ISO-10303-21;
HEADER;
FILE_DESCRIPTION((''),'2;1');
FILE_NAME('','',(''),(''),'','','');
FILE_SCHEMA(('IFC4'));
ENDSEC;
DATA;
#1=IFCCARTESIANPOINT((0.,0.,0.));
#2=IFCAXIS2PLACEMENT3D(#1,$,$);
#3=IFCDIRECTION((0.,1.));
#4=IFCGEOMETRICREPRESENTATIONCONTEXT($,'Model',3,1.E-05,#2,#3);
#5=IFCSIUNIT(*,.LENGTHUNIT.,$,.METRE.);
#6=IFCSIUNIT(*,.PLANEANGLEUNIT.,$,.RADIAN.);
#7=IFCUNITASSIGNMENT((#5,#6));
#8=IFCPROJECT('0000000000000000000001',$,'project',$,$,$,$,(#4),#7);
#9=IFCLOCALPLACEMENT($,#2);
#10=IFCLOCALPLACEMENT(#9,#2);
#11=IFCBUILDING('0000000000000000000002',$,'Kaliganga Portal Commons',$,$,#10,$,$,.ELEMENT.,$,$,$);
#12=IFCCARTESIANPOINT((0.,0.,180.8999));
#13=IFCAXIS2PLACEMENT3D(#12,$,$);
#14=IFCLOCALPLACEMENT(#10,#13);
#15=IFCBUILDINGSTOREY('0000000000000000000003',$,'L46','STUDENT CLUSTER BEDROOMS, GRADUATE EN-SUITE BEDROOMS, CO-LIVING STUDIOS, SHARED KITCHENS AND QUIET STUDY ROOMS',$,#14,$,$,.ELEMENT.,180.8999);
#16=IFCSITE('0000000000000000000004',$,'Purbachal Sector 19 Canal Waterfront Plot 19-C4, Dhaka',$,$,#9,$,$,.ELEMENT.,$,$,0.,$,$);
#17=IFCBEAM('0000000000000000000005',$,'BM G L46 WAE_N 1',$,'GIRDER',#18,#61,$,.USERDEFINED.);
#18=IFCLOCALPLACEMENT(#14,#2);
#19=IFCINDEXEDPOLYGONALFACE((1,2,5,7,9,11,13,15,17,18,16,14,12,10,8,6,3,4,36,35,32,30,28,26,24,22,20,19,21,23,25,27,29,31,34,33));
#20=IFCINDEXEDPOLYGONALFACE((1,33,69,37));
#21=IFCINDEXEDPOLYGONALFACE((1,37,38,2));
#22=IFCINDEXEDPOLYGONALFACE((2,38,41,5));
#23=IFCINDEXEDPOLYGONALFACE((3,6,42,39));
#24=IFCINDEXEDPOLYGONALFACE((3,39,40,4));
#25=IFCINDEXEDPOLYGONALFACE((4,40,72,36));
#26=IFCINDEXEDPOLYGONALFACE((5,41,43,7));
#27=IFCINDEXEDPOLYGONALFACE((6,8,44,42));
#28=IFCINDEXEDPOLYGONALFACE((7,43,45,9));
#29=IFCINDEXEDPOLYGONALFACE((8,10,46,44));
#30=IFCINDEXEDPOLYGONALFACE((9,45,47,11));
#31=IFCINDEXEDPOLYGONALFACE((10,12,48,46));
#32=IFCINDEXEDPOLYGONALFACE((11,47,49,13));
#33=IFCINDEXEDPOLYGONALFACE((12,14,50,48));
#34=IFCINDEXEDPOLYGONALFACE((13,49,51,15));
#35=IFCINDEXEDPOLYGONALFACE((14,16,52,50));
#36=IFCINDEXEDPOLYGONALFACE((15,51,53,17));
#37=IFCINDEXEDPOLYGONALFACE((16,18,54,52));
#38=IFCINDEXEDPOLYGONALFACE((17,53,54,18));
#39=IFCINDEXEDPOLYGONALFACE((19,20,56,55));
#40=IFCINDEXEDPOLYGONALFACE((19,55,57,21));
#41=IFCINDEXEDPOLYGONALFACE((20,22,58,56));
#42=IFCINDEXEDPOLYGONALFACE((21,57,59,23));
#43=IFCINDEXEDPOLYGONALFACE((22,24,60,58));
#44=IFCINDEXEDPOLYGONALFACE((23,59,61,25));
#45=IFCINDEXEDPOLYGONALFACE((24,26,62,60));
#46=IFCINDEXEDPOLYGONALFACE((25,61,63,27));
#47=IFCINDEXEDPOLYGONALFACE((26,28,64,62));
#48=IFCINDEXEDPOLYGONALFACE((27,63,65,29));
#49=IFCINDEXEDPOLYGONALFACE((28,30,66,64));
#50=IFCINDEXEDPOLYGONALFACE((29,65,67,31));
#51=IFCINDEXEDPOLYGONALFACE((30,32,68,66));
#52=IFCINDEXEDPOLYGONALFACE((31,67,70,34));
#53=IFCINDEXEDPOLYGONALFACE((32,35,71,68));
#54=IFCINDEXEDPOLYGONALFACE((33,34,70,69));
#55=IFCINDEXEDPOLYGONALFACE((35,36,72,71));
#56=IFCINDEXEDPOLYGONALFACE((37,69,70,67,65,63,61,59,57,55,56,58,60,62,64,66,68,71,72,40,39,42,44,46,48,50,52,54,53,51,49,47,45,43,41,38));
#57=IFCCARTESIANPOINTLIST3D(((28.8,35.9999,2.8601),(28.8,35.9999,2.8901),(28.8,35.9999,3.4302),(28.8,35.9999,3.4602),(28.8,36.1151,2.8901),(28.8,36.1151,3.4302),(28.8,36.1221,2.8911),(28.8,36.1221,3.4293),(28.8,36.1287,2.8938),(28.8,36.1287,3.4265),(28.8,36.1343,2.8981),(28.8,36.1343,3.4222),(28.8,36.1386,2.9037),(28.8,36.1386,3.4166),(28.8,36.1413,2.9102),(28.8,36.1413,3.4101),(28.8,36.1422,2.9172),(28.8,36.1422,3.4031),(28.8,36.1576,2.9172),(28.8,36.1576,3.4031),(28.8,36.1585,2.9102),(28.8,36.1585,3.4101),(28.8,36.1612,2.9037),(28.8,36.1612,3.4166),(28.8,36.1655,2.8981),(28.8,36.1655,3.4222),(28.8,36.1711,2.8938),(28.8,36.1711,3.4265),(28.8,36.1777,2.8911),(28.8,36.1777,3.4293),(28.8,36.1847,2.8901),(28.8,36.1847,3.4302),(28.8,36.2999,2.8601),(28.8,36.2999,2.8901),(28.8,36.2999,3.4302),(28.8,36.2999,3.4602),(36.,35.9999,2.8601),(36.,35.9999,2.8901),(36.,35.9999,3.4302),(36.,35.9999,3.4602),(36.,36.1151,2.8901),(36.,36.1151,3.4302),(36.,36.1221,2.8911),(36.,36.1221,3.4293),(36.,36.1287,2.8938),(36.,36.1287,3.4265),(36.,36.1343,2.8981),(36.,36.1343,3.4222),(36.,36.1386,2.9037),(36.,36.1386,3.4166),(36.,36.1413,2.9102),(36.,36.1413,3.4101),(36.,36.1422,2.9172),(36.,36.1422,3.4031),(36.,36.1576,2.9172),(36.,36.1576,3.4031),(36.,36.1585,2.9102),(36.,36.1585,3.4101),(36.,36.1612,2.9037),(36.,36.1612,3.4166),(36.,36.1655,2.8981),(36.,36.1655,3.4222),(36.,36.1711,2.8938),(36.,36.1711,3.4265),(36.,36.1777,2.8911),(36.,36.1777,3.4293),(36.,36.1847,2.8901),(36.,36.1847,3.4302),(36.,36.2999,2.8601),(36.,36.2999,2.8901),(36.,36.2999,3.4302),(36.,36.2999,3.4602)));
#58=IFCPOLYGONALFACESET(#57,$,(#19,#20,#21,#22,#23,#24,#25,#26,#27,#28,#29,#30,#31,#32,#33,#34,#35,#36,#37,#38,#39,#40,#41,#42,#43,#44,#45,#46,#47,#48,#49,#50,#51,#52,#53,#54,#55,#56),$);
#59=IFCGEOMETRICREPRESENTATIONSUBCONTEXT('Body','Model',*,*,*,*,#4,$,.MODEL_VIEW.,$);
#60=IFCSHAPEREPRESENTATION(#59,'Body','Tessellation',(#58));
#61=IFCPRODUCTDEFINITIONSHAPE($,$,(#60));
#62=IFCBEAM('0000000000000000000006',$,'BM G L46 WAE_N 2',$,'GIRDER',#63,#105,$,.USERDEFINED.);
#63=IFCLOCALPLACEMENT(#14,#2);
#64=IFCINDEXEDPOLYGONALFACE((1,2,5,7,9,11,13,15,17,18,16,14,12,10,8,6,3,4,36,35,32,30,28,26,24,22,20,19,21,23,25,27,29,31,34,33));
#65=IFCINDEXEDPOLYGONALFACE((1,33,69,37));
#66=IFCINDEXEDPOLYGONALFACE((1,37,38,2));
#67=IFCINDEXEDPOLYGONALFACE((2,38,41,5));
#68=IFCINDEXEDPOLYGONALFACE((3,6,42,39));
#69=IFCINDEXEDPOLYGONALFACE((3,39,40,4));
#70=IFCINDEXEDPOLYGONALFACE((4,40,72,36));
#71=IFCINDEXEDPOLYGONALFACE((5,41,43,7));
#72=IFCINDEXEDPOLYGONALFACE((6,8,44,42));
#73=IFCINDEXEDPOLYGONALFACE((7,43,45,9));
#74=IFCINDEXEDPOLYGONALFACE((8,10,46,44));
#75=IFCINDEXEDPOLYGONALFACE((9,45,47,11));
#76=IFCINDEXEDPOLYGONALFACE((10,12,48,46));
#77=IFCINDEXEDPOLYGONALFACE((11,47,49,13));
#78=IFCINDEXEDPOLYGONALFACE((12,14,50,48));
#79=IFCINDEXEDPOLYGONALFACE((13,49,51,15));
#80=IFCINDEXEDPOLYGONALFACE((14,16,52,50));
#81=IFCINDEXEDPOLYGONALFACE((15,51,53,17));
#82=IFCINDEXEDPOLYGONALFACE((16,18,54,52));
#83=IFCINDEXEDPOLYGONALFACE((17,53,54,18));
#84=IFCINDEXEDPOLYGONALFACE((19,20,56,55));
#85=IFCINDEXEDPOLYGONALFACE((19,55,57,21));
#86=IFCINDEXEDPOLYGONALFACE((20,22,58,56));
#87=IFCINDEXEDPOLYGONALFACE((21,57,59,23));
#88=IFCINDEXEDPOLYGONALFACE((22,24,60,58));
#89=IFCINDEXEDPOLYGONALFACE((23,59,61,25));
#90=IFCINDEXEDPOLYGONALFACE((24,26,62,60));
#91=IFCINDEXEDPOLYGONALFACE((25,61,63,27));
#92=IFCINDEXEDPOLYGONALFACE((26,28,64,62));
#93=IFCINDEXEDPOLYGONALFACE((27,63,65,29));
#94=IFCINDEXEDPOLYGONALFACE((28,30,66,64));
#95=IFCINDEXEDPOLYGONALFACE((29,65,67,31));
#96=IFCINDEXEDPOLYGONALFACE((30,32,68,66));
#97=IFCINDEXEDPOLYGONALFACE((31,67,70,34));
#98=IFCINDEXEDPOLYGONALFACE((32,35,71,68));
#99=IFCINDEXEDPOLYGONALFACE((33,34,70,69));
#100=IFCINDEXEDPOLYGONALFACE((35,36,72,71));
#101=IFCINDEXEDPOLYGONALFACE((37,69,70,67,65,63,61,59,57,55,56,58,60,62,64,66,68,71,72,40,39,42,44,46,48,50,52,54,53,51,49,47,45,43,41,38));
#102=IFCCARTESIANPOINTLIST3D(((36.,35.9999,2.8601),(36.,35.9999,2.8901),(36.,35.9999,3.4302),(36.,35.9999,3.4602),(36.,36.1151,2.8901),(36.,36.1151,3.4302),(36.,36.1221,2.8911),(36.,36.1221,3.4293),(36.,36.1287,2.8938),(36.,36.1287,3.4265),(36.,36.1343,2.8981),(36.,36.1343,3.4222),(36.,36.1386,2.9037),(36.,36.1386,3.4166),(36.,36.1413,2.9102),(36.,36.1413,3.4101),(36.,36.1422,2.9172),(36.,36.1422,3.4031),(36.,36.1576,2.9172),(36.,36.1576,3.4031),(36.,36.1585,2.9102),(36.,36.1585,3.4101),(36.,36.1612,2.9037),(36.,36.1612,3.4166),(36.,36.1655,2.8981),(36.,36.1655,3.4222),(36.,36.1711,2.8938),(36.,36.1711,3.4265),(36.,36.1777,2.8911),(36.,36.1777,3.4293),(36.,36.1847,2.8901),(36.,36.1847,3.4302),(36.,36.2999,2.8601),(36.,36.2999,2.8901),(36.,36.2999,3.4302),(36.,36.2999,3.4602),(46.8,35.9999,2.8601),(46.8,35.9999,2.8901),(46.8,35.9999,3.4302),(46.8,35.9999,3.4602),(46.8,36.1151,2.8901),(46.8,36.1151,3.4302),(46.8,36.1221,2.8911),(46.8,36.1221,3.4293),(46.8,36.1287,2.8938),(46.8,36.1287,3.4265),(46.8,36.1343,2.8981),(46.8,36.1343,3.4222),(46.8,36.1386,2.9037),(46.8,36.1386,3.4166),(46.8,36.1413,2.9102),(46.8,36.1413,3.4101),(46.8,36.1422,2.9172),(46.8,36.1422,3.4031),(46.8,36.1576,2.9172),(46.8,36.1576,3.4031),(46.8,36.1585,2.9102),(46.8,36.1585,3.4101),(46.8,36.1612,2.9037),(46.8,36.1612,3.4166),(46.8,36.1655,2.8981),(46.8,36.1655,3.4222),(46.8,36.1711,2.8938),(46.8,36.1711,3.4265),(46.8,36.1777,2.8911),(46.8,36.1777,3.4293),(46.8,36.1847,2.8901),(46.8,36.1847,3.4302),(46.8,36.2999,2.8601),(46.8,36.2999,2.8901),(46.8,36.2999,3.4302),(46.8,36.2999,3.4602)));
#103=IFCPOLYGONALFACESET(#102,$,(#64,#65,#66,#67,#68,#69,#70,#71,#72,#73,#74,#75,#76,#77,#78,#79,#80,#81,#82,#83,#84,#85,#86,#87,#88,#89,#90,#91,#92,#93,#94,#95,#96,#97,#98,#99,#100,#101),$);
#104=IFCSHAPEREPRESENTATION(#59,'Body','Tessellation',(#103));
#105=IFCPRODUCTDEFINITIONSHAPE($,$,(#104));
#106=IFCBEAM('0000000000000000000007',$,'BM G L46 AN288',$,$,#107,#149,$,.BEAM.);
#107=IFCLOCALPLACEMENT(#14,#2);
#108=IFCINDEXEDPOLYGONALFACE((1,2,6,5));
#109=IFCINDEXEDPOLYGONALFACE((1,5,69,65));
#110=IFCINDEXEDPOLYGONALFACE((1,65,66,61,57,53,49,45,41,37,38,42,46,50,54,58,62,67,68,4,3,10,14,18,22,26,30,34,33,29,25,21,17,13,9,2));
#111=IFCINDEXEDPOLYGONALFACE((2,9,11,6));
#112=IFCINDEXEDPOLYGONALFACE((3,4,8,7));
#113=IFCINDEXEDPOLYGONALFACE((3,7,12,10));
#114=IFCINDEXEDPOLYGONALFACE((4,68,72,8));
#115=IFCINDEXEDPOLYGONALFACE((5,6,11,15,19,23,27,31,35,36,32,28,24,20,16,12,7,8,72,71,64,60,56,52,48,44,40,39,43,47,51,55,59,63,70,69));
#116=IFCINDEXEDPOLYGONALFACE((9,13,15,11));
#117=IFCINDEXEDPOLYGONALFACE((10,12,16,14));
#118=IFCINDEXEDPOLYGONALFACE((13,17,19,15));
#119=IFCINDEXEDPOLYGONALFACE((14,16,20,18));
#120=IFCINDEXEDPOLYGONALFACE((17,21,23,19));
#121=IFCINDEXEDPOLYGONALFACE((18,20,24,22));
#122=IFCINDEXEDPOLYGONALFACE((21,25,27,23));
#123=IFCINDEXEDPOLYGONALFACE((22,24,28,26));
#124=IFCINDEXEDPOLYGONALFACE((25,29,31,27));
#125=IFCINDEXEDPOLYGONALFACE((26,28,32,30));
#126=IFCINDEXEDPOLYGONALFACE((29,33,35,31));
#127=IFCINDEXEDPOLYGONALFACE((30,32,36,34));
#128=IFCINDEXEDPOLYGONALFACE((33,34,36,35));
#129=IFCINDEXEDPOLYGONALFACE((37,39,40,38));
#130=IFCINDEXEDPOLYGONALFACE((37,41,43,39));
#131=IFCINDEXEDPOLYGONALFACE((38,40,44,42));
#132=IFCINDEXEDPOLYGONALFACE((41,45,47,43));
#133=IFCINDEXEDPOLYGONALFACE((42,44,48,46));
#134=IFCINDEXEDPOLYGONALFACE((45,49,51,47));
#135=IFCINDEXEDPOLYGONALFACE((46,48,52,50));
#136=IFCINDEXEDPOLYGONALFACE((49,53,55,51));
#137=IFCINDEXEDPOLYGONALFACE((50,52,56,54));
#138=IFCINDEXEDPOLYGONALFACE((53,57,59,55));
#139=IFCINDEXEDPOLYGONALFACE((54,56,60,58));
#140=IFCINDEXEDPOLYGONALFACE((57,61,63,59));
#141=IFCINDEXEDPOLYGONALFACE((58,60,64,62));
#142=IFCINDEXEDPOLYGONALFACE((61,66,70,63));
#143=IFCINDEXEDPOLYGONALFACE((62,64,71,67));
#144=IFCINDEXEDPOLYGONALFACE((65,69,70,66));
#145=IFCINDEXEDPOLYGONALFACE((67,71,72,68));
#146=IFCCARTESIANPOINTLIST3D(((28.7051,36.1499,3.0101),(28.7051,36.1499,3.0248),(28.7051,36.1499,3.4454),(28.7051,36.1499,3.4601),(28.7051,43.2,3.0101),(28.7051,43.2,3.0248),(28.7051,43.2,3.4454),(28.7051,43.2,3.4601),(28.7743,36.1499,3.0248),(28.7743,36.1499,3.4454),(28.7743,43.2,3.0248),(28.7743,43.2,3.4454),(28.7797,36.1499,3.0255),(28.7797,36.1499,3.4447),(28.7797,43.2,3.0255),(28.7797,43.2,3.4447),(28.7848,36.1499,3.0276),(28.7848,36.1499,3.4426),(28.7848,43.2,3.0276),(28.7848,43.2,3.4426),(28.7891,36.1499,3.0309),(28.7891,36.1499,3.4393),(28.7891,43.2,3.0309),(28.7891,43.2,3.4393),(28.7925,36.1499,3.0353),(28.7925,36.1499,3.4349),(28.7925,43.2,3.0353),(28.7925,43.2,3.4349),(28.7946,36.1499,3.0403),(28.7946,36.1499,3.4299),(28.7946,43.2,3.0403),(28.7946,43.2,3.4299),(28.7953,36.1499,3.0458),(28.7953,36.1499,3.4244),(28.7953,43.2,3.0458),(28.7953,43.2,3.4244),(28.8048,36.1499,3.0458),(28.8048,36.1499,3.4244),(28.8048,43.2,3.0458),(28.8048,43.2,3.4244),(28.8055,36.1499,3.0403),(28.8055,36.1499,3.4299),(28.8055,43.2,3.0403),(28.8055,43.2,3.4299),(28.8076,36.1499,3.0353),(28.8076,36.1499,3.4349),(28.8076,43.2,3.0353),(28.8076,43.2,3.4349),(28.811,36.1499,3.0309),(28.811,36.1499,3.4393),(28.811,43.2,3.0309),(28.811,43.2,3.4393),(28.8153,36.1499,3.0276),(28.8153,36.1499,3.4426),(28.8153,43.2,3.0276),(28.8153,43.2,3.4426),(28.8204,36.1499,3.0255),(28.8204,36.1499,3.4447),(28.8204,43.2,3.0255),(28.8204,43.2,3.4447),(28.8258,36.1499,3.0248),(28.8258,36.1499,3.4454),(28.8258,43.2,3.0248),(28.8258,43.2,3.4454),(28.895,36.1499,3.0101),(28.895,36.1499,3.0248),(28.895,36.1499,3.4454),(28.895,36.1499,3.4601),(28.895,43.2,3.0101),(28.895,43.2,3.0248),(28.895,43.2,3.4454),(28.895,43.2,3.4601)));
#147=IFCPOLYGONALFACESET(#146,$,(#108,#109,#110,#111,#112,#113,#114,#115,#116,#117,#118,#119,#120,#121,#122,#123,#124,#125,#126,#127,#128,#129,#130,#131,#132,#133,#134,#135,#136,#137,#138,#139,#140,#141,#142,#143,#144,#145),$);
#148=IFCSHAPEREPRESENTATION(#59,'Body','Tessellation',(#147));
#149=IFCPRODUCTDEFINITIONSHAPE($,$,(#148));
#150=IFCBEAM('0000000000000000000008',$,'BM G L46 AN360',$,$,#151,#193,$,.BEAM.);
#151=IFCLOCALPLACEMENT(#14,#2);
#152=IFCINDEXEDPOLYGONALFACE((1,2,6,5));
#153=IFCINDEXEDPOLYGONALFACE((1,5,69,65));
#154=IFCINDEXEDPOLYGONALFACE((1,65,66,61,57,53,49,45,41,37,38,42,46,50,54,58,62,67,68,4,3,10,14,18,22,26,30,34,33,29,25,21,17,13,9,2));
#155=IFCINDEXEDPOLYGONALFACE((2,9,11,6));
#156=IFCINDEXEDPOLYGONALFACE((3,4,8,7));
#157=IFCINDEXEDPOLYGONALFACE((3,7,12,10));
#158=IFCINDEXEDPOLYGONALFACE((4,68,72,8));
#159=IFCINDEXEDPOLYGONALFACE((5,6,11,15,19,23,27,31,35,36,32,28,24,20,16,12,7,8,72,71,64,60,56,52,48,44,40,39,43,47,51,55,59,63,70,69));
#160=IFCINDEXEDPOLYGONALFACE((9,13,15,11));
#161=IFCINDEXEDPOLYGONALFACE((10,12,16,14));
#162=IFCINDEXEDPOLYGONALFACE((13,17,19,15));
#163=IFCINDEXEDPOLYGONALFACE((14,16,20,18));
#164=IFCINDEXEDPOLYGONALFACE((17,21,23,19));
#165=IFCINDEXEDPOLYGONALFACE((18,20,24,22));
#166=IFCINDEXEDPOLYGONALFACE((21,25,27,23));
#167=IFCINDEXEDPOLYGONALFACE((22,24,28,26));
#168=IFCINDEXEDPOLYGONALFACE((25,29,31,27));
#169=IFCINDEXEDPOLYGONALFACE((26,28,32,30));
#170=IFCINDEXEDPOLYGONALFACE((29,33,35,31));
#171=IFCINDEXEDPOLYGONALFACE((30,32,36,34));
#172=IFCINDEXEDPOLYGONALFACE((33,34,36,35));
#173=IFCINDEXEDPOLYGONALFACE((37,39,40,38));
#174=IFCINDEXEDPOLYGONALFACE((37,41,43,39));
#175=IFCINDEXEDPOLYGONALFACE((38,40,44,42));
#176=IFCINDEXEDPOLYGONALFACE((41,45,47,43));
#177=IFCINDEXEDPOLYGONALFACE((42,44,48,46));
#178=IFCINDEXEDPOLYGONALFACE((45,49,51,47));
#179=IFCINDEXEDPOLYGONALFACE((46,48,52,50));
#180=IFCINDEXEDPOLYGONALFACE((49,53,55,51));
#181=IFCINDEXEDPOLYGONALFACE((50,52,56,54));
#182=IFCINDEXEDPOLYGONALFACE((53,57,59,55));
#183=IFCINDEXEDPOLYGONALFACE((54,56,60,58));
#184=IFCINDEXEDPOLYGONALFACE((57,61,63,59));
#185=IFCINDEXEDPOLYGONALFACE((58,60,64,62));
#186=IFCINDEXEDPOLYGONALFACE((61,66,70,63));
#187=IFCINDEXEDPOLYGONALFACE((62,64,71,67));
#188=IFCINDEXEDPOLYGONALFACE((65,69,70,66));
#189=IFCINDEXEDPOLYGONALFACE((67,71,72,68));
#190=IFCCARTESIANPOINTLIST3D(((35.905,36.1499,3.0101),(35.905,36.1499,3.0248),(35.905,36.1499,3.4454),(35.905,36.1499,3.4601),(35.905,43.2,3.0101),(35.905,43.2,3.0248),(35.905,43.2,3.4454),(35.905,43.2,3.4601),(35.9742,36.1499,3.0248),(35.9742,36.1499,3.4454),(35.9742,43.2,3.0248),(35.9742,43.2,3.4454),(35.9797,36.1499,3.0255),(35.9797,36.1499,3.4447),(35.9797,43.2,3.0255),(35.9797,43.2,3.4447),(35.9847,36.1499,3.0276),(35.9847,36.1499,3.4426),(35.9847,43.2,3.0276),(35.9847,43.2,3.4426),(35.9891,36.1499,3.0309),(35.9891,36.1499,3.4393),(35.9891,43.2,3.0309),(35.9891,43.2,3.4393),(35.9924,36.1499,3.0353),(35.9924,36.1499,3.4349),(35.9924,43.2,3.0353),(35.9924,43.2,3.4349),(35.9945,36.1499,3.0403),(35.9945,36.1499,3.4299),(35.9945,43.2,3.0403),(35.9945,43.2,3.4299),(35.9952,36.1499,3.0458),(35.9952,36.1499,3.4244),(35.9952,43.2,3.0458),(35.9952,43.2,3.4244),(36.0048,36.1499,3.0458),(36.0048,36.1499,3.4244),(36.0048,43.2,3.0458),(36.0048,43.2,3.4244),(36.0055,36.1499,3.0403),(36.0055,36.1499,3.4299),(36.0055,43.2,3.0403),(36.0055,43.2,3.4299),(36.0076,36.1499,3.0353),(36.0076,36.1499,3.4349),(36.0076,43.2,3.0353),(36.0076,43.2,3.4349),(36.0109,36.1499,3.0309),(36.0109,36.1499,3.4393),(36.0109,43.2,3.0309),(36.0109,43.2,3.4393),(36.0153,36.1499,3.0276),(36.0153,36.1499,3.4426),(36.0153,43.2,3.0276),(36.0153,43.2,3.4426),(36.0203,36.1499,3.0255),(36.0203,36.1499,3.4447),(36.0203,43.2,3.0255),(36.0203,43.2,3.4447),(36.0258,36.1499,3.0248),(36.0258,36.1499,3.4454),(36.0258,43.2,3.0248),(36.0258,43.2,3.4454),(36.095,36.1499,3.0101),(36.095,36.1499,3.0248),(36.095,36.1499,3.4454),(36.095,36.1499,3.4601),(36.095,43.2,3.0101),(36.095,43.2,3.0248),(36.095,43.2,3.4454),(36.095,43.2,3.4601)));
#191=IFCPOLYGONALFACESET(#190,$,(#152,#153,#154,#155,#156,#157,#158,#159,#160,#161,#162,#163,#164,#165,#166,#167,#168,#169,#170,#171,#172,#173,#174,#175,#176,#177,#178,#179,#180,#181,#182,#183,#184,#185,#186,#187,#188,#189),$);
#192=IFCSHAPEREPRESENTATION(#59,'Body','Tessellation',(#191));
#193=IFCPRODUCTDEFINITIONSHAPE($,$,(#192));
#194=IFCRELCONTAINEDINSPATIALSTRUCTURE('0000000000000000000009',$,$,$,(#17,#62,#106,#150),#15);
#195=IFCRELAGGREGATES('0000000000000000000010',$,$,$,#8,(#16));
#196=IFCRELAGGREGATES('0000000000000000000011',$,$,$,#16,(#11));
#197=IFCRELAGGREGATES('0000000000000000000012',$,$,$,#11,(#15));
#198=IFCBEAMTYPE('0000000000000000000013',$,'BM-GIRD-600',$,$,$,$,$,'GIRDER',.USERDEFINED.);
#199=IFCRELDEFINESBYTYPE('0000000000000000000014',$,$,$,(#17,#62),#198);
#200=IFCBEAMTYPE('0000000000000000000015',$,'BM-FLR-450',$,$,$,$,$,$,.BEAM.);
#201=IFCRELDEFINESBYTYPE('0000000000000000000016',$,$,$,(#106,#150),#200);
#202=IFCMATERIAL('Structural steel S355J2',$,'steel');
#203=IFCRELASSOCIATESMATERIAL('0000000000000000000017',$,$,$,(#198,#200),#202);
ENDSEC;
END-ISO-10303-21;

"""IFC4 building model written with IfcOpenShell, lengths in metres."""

from ifc_helpers import new_model, si_unit, direction, frame, origin, origin_2d, place, context, subcontext, project, spatial, i_section, extrude, source, transform, mapped, material, material_profile, profile_set, type_object, element, save


model = new_model("IFC4")

# Units and contexts
model_context = context("Model", 3, precision=1e-05, world=origin(), true_north=direction((0.0, 1.0)))
body_context = subcontext(model_context, "Body", "Model", "MODEL_VIEW")
ifc_project = project(units=[si_unit("LENGTHUNIT", "METRE"), si_unit("PLANEANGLEUNIT", "RADIAN")], contexts=[model_context])

# Site, building, storey
site_placement = place(None, origin())
site = spatial("IfcSite", under=ifc_project, at=site_placement, Name="Purbachal Sector 19 Canal Waterfront Plot 19-C4, Dhaka", CompositionType="ELEMENT", RefElevation=0.0)
building_placement = place(site_placement, origin())
building = spatial("IfcBuilding", under=site, at=building_placement, Name="Kaliganga Portal Commons", CompositionType="ELEMENT")
storey_placement = place(building_placement, frame((0.0, 0.0, 180.8999)))
storey = spatial("IfcBuildingStorey", under=building, at=storey_placement, Name="L46", Description="STUDENT CLUSTER BEDROOMS, GRADUATE EN-SUITE BEDROOMS, CO-LIVING STUDIOS, SHARED KITCHENS AND QUIET STUDY ROOMS", CompositionType="ELEMENT", Elevation=180.8999)

# Beams
ifc_material_1 = material(Name="Structural steel S355J2", Category="steel")
ifc_material_profile_1 = material_profile(ifc_material_1, i_section(OverallWidth=0.3, OverallDepth=0.6001, WebThickness=0.0154, FlangeThickness=0.03, FilletRadius=0.0271, at=origin_2d()), Name="HE 600 B")
ifc_profile_set_1 = profile_set([ifc_material_profile_1], Name="Structural steel S355J2 wide-flange")
beam_type_1 = type_object("IfcBeamType", Name="BM-GIRD-600", ElementType="GIRDER", PredefinedType="USERDEFINED", material=ifc_profile_set_1)
shared_shape_1 = source(origin(), body_context, "Body", "SweptSolid", [
    extrude(i_section(OverallWidth=0.3, OverallDepth=0.6001, WebThickness=0.0154, FlangeThickness=0.03, FilletRadius=0.0271, at=origin_2d()), origin(), (0.0, 0.0, 1.0), 7.2),
])
beam_1_placement = place(storey_placement, frame((28.8, 36.1499, 3.1602), z_axis=(1.0, 0.0, 0.0), x_axis=(0.0, 1.0, 0.0)))
element("IfcBeam", 1, at=beam_1_placement, inside=storey, type_object=beam_type_1, Name="BM G L46 WAE_N 1", ObjectType="GIRDER", PredefinedType="USERDEFINED", context=body_context, shape_type="MappedRepresentation", body=[
    mapped(shared_shape_1, transform((0.0, 0.0, 0.0), x_axis=(1.0, 0.0, 0.0), y_axis=(0.0, 1.0, 0.0), z_axis=(0.0, 0.0, 1.0), scale=1.0)),
])
shared_shape_2 = source(origin(), body_context, "Body", "SweptSolid", [
    extrude(i_section(OverallWidth=0.3, OverallDepth=0.6001, WebThickness=0.0154, FlangeThickness=0.03, FilletRadius=0.0271, at=origin_2d()), origin(), (0.0, 0.0, 1.0), 10.8),
])
beam_2_placement = place(storey_placement, frame((36.0, 36.1499, 3.1602), z_axis=(1.0, 0.0, 0.0), x_axis=(0.0, 1.0, 0.0)))
element("IfcBeam", 2, at=beam_2_placement, inside=storey, type_object=beam_type_1, Name="BM G L46 WAE_N 2", ObjectType="GIRDER", PredefinedType="USERDEFINED", context=body_context, shape_type="MappedRepresentation", body=[
    mapped(shared_shape_2, transform((0.0, 0.0, 0.0), x_axis=(1.0, 0.0, 0.0), y_axis=(0.0, 1.0, 0.0), z_axis=(0.0, 0.0, 1.0), scale=1.0)),
])
ifc_material_profile_2 = material_profile(ifc_material_1, i_section(OverallWidth=0.1899, OverallDepth=0.45, WebThickness=0.0095, FlangeThickness=0.0146, FilletRadius=0.021, at=origin_2d()), Name="IPE 450")
ifc_profile_set_2 = profile_set([ifc_material_profile_2], Name="Structural steel S355J2 wide-flange")
beam_type_2 = type_object("IfcBeamType", Name="BM-FLR-450", PredefinedType="BEAM", material=ifc_profile_set_2)
shared_shape_3 = source(origin(), body_context, "Body", "SweptSolid", [
    extrude(i_section(OverallWidth=0.1899, OverallDepth=0.45, WebThickness=0.0095, FlangeThickness=0.0146, FilletRadius=0.021, at=origin_2d()), origin(), (0.0, 0.0, 1.0), 7.05),
])
for number, where, z_axis, x_axis, name in (
    (3, (28.8, 36.1499, 3.2351), (0.0, 1.0, 0.0), (-1.0, 0.0, 0.0), "BM G L46 AN288"),
    (4, (36.0, 36.1499, 3.2351), (0.0, 1.0, 0.0), (-1.0, 0.0, 0.0), "BM G L46 AN360"),
):
    element("IfcBeam", number, at=place(storey_placement, frame(where, z_axis=z_axis, x_axis=x_axis)), inside=storey, type_object=beam_type_2, Name=name, PredefinedType="BEAM", context=body_context, shape_type="MappedRepresentation", body=[
        mapped(shared_shape_3, transform((0.0, 0.0, 0.0), x_axis=(1.0, 0.0, 0.0), y_axis=(0.0, 1.0, 0.0), z_axis=(0.0, 0.0, 1.0), scale=1.0)),
    ])

save(model, "model.ifc")
